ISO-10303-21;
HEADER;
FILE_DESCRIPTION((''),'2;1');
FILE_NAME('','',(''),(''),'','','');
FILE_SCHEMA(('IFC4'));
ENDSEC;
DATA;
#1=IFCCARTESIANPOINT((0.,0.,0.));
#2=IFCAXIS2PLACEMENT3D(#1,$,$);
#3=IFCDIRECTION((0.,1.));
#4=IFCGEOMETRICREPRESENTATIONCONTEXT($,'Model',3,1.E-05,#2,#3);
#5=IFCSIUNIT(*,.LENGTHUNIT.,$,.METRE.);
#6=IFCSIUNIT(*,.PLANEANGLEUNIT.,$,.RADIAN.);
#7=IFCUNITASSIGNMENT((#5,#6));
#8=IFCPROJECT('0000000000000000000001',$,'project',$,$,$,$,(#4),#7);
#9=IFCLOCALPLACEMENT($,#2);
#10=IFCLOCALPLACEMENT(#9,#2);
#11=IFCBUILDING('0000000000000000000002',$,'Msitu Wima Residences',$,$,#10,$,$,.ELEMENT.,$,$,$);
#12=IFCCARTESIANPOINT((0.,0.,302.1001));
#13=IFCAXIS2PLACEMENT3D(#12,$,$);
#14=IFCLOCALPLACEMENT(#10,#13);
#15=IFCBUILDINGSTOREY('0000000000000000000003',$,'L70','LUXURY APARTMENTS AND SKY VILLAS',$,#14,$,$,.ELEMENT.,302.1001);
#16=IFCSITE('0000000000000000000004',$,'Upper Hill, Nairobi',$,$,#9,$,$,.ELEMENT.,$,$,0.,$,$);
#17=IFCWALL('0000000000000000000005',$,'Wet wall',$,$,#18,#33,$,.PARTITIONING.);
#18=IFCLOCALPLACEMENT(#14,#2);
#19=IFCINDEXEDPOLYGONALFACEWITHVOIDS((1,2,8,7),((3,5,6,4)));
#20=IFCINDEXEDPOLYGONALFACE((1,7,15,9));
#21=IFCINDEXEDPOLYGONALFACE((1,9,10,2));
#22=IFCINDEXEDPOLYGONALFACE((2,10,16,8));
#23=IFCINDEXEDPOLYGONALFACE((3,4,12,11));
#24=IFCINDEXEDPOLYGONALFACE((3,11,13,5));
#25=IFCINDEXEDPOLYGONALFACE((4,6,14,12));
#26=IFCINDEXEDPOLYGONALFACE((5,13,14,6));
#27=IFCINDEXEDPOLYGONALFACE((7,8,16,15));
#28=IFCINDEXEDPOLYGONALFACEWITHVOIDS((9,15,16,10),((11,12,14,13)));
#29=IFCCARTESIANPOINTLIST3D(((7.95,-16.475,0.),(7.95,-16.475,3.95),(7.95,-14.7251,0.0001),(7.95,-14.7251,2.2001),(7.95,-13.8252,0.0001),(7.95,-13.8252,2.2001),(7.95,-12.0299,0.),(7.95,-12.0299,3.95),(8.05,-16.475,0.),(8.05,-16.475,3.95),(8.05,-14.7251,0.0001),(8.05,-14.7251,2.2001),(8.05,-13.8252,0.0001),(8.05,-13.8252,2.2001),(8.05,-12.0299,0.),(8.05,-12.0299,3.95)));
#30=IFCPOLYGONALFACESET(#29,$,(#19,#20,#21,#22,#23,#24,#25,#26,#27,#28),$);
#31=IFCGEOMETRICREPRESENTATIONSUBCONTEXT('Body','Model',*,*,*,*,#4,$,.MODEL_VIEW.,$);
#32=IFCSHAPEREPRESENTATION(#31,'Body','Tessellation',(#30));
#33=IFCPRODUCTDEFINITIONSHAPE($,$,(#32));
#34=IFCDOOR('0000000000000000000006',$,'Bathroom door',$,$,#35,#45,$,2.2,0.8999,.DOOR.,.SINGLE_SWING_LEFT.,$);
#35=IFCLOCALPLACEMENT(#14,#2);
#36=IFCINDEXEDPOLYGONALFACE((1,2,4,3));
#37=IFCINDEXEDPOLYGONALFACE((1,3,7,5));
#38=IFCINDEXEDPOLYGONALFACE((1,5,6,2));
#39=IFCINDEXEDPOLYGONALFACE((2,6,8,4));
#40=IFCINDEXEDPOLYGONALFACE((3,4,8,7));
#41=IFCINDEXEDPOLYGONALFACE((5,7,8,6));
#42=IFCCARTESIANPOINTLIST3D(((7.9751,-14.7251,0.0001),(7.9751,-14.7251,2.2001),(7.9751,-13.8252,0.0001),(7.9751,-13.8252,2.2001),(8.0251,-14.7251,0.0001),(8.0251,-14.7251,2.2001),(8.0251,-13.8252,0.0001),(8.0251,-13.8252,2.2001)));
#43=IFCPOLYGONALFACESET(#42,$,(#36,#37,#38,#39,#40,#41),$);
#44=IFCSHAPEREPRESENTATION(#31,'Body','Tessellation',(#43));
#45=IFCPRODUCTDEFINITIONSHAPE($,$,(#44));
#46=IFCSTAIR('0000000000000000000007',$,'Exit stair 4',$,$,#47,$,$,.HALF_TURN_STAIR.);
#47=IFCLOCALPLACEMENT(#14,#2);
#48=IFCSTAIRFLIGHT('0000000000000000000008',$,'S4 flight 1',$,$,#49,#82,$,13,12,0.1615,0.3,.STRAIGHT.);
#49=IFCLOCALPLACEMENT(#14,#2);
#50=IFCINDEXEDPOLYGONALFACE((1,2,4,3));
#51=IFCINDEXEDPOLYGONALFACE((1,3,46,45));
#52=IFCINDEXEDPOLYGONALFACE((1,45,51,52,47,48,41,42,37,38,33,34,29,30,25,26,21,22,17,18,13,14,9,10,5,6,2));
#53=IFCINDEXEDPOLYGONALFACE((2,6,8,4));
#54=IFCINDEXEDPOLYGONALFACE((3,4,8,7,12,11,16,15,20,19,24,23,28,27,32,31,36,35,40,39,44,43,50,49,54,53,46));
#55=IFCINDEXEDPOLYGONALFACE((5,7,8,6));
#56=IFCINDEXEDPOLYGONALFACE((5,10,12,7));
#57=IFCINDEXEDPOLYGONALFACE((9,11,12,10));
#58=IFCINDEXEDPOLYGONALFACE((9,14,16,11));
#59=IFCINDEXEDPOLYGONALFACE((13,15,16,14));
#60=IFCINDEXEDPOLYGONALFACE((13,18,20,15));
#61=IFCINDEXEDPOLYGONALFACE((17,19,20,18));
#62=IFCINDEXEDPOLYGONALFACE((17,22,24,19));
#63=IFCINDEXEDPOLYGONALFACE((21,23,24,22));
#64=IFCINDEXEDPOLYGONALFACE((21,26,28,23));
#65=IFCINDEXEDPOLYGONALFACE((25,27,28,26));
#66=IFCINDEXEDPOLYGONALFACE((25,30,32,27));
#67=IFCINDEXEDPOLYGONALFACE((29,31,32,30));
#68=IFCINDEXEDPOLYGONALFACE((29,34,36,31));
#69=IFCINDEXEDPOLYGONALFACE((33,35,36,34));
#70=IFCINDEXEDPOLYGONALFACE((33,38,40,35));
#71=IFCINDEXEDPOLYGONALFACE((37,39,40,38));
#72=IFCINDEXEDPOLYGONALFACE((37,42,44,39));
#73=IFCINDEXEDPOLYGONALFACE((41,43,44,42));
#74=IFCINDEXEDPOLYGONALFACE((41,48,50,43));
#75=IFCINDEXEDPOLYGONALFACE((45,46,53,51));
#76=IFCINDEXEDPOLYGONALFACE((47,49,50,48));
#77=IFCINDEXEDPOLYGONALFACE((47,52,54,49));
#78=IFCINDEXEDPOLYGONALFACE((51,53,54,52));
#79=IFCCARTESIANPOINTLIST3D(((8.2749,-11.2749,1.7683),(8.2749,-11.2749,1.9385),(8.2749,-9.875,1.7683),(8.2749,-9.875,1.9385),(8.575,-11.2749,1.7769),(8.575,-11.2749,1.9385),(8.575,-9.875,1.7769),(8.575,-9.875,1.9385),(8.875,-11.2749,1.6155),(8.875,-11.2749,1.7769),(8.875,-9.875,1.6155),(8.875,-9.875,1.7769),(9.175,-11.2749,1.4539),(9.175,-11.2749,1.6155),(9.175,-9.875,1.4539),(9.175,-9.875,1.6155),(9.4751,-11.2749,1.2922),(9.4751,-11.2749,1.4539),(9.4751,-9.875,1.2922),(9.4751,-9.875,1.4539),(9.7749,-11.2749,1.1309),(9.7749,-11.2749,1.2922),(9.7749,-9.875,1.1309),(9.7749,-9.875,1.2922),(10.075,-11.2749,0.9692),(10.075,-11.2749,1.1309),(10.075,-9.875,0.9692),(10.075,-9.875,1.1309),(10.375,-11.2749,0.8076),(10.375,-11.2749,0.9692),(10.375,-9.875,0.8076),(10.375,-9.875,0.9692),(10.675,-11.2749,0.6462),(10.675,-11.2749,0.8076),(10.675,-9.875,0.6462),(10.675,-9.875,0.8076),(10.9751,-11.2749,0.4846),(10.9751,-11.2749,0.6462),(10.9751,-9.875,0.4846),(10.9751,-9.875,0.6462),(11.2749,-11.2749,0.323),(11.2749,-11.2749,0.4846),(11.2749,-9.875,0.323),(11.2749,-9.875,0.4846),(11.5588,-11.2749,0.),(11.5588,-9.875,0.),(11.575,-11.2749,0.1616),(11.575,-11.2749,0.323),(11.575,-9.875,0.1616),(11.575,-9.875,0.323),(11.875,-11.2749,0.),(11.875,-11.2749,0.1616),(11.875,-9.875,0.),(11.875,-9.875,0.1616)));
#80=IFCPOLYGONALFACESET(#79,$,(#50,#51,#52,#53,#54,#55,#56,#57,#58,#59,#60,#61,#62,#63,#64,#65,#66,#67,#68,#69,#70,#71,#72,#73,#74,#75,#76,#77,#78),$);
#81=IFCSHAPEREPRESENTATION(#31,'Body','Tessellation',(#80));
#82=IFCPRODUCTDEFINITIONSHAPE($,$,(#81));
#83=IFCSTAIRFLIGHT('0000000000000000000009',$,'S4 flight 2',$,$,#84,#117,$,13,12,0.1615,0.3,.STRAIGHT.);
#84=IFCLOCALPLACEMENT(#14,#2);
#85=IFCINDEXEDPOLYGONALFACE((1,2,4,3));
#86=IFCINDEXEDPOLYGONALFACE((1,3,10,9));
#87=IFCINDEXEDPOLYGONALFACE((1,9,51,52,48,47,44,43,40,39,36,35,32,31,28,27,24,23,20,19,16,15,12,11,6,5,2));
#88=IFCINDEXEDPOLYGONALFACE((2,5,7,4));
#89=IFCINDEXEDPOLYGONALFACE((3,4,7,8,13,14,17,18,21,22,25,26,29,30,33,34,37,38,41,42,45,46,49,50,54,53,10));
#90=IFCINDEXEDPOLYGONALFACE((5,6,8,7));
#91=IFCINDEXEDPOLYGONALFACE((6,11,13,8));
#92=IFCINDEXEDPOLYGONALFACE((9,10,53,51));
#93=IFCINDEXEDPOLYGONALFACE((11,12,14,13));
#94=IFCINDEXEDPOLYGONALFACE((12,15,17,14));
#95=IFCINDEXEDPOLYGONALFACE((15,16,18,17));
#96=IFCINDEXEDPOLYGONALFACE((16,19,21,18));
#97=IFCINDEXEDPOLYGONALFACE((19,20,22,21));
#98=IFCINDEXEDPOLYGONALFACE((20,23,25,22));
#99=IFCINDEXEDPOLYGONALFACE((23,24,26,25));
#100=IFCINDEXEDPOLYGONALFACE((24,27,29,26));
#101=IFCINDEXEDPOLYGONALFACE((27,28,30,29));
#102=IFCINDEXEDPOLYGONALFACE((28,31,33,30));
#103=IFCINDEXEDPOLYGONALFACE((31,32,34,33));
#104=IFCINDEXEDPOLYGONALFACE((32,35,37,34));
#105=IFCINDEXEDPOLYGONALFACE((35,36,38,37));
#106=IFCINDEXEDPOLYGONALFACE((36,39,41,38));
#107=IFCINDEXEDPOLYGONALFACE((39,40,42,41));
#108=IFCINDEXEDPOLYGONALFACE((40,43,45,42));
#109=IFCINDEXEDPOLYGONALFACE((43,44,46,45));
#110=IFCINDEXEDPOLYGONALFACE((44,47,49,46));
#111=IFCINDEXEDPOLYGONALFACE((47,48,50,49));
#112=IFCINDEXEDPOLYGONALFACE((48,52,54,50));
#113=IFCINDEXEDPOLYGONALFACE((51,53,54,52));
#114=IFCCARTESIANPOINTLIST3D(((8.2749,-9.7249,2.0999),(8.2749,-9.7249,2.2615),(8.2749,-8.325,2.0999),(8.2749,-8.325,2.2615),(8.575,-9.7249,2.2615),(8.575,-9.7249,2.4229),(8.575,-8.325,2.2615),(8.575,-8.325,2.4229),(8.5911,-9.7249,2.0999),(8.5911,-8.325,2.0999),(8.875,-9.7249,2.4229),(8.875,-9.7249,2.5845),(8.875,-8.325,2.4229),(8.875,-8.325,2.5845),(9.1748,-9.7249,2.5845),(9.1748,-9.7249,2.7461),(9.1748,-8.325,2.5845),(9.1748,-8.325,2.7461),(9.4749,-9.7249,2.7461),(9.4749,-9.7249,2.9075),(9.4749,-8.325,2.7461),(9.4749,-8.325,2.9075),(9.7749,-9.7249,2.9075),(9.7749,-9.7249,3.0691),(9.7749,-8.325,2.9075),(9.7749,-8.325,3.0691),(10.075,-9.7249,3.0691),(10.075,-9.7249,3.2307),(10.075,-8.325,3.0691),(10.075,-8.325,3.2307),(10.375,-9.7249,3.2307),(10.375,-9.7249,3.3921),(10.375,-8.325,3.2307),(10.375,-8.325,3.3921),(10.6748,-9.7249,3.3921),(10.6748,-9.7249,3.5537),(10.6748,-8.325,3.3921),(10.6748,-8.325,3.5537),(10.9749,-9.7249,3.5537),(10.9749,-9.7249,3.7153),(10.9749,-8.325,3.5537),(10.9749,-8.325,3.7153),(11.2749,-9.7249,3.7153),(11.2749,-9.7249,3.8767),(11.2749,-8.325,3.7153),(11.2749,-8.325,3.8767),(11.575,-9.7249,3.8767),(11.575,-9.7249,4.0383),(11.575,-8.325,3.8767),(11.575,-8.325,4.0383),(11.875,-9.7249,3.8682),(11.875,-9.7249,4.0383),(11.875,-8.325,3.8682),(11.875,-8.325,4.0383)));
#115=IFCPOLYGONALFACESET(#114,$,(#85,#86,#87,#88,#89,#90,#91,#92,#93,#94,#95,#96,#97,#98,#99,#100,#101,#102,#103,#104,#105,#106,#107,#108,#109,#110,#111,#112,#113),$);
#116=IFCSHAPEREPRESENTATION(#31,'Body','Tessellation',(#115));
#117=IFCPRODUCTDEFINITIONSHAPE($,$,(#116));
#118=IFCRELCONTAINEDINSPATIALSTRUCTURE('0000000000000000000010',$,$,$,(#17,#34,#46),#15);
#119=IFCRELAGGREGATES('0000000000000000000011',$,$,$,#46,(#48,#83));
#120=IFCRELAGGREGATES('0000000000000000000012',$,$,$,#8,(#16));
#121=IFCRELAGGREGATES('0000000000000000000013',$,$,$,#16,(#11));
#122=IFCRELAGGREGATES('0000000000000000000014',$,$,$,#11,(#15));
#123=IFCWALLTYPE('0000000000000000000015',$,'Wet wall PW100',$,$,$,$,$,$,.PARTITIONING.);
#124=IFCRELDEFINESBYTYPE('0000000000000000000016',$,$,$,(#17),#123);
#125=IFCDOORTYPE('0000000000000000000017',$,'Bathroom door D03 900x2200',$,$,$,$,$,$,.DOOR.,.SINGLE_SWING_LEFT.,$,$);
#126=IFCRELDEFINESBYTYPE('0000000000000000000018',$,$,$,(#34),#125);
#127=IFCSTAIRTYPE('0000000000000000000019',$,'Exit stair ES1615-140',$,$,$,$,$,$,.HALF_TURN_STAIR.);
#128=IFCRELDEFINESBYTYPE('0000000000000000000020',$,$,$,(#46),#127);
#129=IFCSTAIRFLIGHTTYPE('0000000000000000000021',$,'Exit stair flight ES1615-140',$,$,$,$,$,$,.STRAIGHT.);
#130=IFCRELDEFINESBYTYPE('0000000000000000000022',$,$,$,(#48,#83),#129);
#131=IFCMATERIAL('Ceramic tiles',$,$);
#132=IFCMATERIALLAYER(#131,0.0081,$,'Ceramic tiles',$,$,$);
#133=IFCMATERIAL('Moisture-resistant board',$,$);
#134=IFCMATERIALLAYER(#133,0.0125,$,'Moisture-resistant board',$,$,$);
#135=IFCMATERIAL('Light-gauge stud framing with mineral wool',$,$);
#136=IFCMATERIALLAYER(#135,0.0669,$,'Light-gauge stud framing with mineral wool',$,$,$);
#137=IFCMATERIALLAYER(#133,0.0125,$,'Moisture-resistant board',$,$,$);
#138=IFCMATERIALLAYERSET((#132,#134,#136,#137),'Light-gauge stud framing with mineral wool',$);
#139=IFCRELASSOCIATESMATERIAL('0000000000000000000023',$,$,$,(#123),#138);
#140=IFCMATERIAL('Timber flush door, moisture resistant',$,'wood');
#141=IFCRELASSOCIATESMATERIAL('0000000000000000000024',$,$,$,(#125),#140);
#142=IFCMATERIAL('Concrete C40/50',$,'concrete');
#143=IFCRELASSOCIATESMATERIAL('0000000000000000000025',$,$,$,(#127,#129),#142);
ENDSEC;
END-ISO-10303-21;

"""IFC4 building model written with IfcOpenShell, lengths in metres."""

from ifc_helpers import new_model, si_unit, direction, frame, frame_2d, origin, place, context, subcontext, project, spatial, polyline, rectangle, outline, extrude, material, layer, layer_set, type_object, element, fill, aggregate, save


model = new_model("IFC4")

# Units and contexts
model_context = context("Model", 3, precision=1e-05, world=origin(), true_north=direction((0.0, 1.0)))
body_context = subcontext(model_context, "Body", "Model", "MODEL_VIEW")
ifc_project = project(units=[si_unit("LENGTHUNIT", "METRE"), si_unit("PLANEANGLEUNIT", "RADIAN")], contexts=[model_context])

# Site, building, storey
site_placement = place(None, origin())
site = spatial("IfcSite", under=ifc_project, at=site_placement, Name="Upper Hill, Nairobi", CompositionType="ELEMENT", RefElevation=0.0)
building_placement = place(site_placement, origin())
building = spatial("IfcBuilding", under=site, at=building_placement, Name="Msitu Wima Residences", CompositionType="ELEMENT")
storey_placement = place(building_placement, frame((0.0, 0.0, 302.1001)))
storey = spatial("IfcBuildingStorey", under=building, at=storey_placement, Name="L70", Description="LUXURY APARTMENTS AND SKY VILLAS", CompositionType="ELEMENT", Elevation=302.1001)

# Shared definitions
ifc_material_1 = material(Name="Concrete C40/50", Category="concrete")

# Shared definitions
ifc_material_2 = material(Name="Light-gauge stud framing with mineral wool")

# Wall, opening, door
ifc_material_3 = material(Name="Ceramic tiles")
ifc_layer_1 = layer(ifc_material_3, 0.0081, Name="Ceramic tiles")
ifc_material_4 = material(Name="Moisture-resistant board")
ifc_layer_2 = layer(ifc_material_4, 0.0125, Name="Moisture-resistant board")
ifc_layer_3 = layer(ifc_material_2, 0.0669, Name="Light-gauge stud framing with mineral wool")
ifc_layer_4 = layer(ifc_material_4, 0.0125, Name="Moisture-resistant board")
ifc_layer_set_1 = layer_set([ifc_layer_1, ifc_layer_2, ifc_layer_3, ifc_layer_4], Name="Light-gauge stud framing with mineral wool")
wall_type_1 = type_object("IfcWallType", Name="Wet wall PW100", PredefinedType="PARTITIONING", material=ifc_layer_set_1)
wall_1_placement = place(storey_placement, frame((8.0, -16.4751, 0.0), z_axis=(0.0, 0.0, 1.0), x_axis=(0.0, 1.0, 0.0)))
wall_1 = element("IfcWall", 1, at=wall_1_placement, inside=storey, type_object=wall_type_1, Name="Wet wall", PredefinedType="PARTITIONING", context=body_context, shape_type="SweptSolid", body=[
    extrude(rectangle(XDim=4.4451, YDim=0.1001, at=frame_2d((2.2227, 0.0))), origin(), (0.0, 0.0, 1.0), 3.95),
])
opening_1_placement = place(wall_1_placement, frame((1.75, 0.0, 0.0)))
opening_1 = element("IfcOpeningElement", 2, at=opening_1_placement, cuts=wall_1, PredefinedType="OPENING", context=body_context, shape_type="SweptSolid", body=[
    extrude(rectangle(XDim=0.8999, YDim=2.2, at=frame_2d((0.45, 1.1001))), frame((0.0, 0.0601, 0.0), z_axis=(0.0, -1.0, 0.0), x_axis=(1.0, 0.0, 0.0)), (0.0, 0.0, 1.0), 0.1201),
])
ifc_material_5 = material(Name="Timber flush door, moisture resistant", Category="wood")
door_type_1 = type_object("IfcDoorType", Name="Bathroom door D03 900x2200", OperationType="SINGLE_SWING_LEFT", PredefinedType="DOOR", material=ifc_material_5)
door_1_placement = place(opening_1_placement, origin())
door_1 = element("IfcDoor", 3, at=door_1_placement, inside=storey, type_object=door_type_1, Name="Bathroom door", OperationType="SINGLE_SWING_LEFT", OverallHeight=2.2, OverallWidth=0.8999, PredefinedType="DOOR", context=body_context, shape_type="SweptSolid", body=[
    extrude(rectangle(XDim=0.8999, YDim=2.2, at=frame_2d((0.45, 1.1001))), frame((0.0, 0.0249, 0.0), z_axis=(0.0, -1.0, 0.0), x_axis=(1.0, 0.0, 0.0)), (0.0, 0.0, 1.0), 0.05),
])
fill(opening_1, door_1)

# Stair, stair flights
stair_type = type_object("IfcStairType", Name="Exit stair ES1615-140", PredefinedType="HALF_TURN_STAIR", material=ifc_material_1)
stair_placement = place(storey_placement, origin())
stair = element("IfcStair", 4, at=stair_placement, inside=storey, type_object=stair_type, Name="Exit stair 4", PredefinedType="HALF_TURN_STAIR")
stair_flight_type = type_object("IfcStairFlightType", Name="Exit stair flight ES1615-140", PredefinedType="STRAIGHT", material=ifc_material_1)
stair_flight_1_placement = place(storey_placement, frame((11.875, -10.575, 0.0), z_axis=(0.0, 0.0, 1.0), x_axis=(-1.0, 0.0, 0.0)))
stair_flight_1 = element("IfcStairFlight", 5, at=stair_flight_1_placement, type_object=stair_flight_type, Name="S4 flight 1", NumberOfRisers=13, NumberOfTreads=12, PredefinedType="STRAIGHT", RiserHeight=0.1615, TreadLength=0.3, context=body_context, shape_type="SweptSolid", body=[
    extrude(outline(polyline([(0.0, 0.0), (0.0, 0.1616), (0.3, 0.1616), (0.3, 0.323), (0.6001, 0.323), (0.6001, 0.4846), (0.8999, 0.4846), (0.8999, 0.6462), (1.2, 0.6462), (1.2, 0.8076), (1.5, 0.8076), (1.5, 0.9692), (1.8, 0.9692), (1.8, 1.1309), (2.1001, 1.1309), (2.1001, 1.2922), (2.3999, 1.2922), (2.3999, 1.4539), (2.7, 1.4539), (2.7, 1.6155), (3.0, 1.6155), (3.0, 1.7769), (3.3, 1.7769), (3.3, 1.9385), (3.6001, 1.9385), (3.6001, 2.1001), (3.6001, 1.7683), (0.3162, 0.0), (0.0, 0.0)])), frame((0.0, 0.7, 0.0), z_axis=(0.0, -1.0, 0.0), x_axis=(1.0, 0.0, 0.0)), (0.0, 0.0, 1.0), 1.3999),
])
stair_flight_2_placement = place(storey_placement, frame((8.2749, -9.0249, 2.0999), z_axis=(0.0, 0.0, 1.0), x_axis=(1.0, 0.0, 0.0)))
stair_flight_2 = element("IfcStairFlight", 6, at=stair_flight_2_placement, type_object=stair_flight_type, Name="S4 flight 2", NumberOfRisers=13, NumberOfTreads=12, PredefinedType="STRAIGHT", RiserHeight=0.1615, TreadLength=0.3, context=body_context, shape_type="SweptSolid", body=[
    extrude(outline(polyline([(0.0, 0.0), (0.0, 0.1616), (0.3, 0.1616), (0.3, 0.323), (0.6001, 0.323), (0.6001, 0.4846), (0.8999, 0.4846), (0.8999, 0.6462), (1.2, 0.6462), (1.2, 0.8076), (1.5, 0.8076), (1.5, 0.9692), (1.8, 0.9692), (1.8, 1.1309), (2.1001, 1.1309), (2.1001, 1.2922), (2.3999, 1.2922), (2.3999, 1.4539), (2.7, 1.4539), (2.7, 1.6155), (3.0, 1.6155), (3.0, 1.7769), (3.3, 1.7769), (3.3, 1.9385), (3.6001, 1.9385), (3.6001, 2.1001), (3.6001, 1.7683), (0.3162, 0.0), (0.0, 0.0)])), frame((0.0, 0.7, 0.0), z_axis=(0.0, -1.0, 0.0), x_axis=(1.0, 0.0, 0.0)), (0.0, 0.0, 1.0), 1.3999),
])
aggregate(stair, [stair_flight_1, stair_flight_2])

save(model, "model.ifc")
